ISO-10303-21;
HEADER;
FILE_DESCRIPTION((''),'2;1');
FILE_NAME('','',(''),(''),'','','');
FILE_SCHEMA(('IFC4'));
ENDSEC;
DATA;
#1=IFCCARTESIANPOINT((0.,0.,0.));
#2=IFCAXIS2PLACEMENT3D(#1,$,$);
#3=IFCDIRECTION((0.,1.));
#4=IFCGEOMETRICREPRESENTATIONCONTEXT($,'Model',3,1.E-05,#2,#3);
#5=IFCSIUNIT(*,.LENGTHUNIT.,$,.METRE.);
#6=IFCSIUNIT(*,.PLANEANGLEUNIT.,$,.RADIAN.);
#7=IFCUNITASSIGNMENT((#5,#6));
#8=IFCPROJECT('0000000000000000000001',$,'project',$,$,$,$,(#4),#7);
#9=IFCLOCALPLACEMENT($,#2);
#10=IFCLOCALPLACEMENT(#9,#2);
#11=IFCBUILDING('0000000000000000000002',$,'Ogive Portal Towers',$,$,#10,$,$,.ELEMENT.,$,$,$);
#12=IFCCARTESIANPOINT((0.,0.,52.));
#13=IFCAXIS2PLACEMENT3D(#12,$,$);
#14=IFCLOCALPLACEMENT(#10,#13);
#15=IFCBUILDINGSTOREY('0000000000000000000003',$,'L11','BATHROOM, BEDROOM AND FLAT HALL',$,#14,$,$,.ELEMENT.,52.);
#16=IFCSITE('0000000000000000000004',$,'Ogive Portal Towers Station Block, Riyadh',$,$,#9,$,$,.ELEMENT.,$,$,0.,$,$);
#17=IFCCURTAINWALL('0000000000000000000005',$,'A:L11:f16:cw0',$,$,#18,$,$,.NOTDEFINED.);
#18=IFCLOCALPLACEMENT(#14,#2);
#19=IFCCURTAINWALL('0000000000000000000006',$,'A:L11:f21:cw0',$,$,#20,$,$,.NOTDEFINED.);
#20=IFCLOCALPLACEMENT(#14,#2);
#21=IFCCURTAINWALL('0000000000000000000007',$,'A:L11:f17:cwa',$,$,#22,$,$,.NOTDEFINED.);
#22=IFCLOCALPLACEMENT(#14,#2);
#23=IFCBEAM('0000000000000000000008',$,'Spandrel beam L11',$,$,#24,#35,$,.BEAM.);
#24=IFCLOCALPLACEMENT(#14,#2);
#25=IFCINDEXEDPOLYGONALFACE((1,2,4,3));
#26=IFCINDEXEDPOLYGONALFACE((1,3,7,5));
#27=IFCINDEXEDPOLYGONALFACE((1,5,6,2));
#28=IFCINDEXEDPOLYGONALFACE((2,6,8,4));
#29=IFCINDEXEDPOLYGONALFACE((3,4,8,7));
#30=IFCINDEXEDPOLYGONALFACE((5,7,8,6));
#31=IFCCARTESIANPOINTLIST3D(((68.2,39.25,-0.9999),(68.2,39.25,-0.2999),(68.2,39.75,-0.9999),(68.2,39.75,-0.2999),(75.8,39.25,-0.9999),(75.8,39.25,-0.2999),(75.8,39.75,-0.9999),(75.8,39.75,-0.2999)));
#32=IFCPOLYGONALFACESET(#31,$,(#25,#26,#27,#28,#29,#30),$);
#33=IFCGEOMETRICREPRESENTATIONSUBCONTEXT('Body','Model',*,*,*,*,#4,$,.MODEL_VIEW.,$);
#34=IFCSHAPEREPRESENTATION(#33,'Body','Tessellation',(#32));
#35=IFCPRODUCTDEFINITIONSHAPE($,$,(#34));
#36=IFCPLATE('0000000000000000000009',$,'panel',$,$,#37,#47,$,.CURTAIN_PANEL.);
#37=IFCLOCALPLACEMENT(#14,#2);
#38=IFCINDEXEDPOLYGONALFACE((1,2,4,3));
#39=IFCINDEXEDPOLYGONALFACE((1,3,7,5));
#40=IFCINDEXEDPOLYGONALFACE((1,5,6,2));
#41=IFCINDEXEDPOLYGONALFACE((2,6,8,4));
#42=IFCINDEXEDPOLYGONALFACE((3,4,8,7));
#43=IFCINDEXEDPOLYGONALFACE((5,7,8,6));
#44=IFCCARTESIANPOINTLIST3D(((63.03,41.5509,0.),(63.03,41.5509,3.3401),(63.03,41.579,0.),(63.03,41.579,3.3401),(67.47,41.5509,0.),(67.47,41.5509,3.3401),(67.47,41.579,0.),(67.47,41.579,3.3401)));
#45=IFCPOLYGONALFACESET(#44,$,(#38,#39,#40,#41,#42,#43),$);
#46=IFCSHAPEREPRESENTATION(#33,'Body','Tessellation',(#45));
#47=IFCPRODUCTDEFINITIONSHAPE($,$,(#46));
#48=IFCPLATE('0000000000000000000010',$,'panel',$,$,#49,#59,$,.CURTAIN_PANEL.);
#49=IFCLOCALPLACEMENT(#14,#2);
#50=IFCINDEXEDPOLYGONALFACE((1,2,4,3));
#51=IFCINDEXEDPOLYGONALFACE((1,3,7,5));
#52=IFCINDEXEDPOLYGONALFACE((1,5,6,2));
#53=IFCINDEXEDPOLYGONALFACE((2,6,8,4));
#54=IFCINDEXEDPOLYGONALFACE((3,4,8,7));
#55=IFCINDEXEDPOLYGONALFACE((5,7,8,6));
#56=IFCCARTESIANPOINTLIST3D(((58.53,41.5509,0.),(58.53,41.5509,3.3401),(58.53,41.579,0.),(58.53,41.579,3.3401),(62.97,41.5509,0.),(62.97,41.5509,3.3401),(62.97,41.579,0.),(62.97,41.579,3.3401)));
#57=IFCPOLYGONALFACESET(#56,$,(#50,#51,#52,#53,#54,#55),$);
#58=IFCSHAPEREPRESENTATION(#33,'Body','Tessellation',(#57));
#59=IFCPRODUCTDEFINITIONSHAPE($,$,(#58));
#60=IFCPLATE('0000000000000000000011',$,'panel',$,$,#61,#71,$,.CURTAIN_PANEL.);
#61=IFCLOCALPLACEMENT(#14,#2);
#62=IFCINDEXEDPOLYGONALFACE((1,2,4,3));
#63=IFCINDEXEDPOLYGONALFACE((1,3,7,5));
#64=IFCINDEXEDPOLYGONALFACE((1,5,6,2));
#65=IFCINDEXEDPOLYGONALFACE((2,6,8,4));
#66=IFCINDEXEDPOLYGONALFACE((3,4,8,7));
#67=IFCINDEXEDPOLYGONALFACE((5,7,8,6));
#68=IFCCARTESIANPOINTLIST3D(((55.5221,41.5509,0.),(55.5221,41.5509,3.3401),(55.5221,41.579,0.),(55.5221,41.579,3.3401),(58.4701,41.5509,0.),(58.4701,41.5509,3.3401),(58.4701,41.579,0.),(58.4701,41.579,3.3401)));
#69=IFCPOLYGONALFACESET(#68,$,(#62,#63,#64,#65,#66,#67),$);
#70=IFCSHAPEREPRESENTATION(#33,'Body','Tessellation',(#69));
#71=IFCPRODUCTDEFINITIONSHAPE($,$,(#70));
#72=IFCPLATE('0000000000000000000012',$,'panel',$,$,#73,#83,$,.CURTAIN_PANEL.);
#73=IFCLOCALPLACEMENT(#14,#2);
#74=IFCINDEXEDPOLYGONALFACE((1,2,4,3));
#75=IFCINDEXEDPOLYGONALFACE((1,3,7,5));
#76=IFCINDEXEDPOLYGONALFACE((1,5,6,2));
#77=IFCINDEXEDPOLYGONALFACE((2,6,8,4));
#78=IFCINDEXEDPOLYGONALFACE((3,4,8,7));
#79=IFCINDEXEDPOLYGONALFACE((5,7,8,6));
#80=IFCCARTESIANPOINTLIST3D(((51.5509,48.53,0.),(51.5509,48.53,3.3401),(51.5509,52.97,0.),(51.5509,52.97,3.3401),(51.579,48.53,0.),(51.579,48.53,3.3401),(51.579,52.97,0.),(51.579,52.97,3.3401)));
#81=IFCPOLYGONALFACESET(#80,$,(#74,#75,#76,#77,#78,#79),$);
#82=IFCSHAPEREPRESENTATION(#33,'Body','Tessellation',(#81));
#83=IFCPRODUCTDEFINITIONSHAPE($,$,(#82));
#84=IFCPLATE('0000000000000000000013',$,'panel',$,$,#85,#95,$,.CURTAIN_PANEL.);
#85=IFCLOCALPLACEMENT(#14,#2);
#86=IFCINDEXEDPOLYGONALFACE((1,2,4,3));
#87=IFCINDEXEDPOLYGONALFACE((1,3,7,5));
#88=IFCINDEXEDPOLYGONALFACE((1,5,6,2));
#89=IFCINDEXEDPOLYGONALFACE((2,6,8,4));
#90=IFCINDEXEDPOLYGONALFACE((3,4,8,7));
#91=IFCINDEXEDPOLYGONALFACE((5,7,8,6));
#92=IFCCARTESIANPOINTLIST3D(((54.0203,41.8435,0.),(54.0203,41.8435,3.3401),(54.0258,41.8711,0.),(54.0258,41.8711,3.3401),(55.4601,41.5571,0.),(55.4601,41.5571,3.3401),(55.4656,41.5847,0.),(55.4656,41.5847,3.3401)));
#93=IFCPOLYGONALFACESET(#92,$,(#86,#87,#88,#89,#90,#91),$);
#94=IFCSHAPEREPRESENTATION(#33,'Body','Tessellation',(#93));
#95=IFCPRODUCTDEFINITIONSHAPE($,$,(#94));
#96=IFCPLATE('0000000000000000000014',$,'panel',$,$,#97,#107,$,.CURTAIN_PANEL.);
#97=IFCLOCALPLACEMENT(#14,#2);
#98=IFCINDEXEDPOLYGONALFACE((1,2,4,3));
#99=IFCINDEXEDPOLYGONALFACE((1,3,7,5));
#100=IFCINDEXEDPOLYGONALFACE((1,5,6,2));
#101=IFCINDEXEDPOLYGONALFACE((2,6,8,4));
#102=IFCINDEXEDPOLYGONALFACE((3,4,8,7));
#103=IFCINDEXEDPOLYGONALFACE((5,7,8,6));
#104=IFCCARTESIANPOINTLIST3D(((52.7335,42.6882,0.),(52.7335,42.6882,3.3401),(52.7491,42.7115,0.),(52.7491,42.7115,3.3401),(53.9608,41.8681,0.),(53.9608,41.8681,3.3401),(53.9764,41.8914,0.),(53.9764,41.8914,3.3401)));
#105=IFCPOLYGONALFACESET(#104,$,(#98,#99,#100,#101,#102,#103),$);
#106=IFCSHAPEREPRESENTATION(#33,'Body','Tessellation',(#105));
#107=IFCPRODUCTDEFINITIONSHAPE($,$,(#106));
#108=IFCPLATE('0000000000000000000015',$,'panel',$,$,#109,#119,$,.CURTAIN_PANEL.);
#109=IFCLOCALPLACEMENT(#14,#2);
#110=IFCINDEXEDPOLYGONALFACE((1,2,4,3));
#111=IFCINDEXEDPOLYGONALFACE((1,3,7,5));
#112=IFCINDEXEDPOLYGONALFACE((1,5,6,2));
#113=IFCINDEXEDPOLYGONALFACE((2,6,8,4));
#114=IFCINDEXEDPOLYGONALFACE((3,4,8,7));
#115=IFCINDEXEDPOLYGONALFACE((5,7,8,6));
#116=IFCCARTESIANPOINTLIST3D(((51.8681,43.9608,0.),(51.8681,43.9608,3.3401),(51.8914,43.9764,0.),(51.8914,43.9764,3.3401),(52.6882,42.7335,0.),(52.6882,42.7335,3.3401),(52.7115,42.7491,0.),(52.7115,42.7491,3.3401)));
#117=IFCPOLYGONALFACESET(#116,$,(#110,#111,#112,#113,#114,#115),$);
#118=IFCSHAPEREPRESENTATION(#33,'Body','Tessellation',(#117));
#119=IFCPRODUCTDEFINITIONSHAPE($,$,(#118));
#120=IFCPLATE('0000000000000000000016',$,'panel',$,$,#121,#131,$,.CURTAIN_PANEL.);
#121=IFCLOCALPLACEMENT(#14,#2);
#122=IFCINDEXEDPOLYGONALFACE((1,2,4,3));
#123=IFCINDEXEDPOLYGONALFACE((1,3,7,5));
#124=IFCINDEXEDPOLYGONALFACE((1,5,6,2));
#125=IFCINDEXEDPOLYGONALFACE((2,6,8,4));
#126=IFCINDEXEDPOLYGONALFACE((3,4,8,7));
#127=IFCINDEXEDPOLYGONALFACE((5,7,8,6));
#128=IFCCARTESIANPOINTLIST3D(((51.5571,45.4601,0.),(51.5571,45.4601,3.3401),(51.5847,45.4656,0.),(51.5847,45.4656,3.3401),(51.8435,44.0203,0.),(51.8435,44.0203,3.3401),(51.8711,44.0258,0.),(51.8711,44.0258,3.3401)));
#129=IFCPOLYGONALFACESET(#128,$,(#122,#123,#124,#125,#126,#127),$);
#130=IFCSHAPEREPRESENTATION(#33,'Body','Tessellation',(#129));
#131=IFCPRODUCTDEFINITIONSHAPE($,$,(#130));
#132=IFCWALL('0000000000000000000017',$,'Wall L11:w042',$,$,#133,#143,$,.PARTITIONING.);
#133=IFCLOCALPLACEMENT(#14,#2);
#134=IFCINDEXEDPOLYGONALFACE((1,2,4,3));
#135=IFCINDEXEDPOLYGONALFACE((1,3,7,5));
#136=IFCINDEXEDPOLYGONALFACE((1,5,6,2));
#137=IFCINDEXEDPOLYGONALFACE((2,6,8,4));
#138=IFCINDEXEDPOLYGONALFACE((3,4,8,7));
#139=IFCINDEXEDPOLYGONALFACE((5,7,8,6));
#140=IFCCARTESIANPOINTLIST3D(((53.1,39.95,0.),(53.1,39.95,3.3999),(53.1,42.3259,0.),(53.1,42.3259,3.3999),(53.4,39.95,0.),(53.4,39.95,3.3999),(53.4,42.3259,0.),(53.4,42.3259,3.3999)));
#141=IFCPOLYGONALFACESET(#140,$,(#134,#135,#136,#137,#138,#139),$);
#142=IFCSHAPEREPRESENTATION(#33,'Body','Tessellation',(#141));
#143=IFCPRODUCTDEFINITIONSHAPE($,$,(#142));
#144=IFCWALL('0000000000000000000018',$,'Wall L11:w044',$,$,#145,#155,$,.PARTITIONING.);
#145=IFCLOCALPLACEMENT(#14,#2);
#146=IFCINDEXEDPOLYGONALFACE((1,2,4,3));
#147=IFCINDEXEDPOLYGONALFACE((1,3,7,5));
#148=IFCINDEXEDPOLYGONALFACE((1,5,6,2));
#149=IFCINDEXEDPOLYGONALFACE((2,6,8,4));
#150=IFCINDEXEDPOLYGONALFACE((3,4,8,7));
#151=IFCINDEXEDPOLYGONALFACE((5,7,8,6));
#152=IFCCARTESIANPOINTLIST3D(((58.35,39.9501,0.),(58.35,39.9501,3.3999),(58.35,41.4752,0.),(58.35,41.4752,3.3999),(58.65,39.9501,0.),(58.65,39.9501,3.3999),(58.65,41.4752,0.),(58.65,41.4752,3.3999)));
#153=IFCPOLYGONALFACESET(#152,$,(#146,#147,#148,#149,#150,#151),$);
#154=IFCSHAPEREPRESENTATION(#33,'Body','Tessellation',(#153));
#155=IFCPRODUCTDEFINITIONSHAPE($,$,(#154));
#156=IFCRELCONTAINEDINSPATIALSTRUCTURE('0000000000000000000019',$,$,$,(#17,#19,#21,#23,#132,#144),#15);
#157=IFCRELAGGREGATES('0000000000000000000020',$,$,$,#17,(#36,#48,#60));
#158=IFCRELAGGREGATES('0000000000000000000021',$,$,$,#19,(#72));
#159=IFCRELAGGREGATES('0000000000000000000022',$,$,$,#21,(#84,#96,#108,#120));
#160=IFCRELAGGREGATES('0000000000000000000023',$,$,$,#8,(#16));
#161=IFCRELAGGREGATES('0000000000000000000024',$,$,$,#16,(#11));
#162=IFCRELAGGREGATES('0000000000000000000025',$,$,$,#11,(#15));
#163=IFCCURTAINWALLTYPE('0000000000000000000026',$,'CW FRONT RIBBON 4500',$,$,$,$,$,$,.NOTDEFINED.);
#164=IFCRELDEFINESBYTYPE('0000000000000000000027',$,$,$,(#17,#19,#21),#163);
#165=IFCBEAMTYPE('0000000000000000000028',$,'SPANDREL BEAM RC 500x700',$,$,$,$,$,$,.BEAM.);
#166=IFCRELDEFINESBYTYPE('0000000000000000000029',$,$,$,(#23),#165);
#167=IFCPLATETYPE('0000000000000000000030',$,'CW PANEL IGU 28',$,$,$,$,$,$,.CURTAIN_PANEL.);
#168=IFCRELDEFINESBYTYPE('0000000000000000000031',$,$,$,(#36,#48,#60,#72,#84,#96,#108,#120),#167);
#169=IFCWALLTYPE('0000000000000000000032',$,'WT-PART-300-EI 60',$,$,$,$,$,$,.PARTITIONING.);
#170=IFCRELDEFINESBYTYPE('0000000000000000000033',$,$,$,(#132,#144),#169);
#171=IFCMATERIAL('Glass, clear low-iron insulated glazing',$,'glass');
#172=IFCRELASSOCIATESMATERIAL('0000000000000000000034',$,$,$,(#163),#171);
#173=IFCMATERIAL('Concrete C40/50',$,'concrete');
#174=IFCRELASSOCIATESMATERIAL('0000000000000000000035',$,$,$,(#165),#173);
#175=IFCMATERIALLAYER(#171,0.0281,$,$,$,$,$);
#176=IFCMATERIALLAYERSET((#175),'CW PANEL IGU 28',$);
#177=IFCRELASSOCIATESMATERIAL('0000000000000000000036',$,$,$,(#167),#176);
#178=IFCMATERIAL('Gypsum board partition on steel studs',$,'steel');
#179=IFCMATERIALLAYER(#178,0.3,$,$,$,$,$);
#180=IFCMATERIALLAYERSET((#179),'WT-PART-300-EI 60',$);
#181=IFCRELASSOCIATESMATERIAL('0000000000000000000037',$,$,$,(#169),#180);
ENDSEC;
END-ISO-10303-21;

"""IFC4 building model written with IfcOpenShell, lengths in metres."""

from ifc_helpers import new_model, si_unit, direction, frame, frame_2d, origin, origin_2d, place, context, subcontext, project, spatial, rectangle, extrude, material, layer, layer_set, material_profile, profile_set, type_object, element, aggregate, save


model = new_model("IFC4")

# Units and contexts
model_context = context("Model", 3, precision=1e-05, world=origin(), true_north=direction((0.0, 1.0)))
body_context = subcontext(model_context, "Body", "Model", "MODEL_VIEW")
ifc_project = project(units=[si_unit("LENGTHUNIT", "METRE"), si_unit("PLANEANGLEUNIT", "RADIAN")], contexts=[model_context])

# Site, building, storey
site_placement = place(None, origin())
site = spatial("IfcSite", under=ifc_project, at=site_placement, Name="Ogive Portal Towers Station Block, Riyadh", CompositionType="ELEMENT", RefElevation=0.0)
building_placement = place(site_placement, origin())
building = spatial("IfcBuilding", under=site, at=building_placement, Name="Ogive Portal Towers", CompositionType="ELEMENT")
storey_placement = place(building_placement, frame((0.0, 0.0, 52.0)))
storey = spatial("IfcBuildingStorey", under=building, at=storey_placement, Name="L11", Description="BATHROOM, BEDROOM AND FLAT HALL", CompositionType="ELEMENT", Elevation=52.0)

# Curtain walls
ifc_material_1 = material(Name="Glass, clear low-iron insulated glazing", Category="glass")
curtain_wall_type = type_object("IfcCurtainWallType", Name="CW FRONT RIBBON 4500", PredefinedType="NOTDEFINED", material=ifc_material_1)
curtain_wall_1_placement = place(storey_placement, origin())
curtain_wall_1 = element("IfcCurtainWall", 1, at=curtain_wall_1_placement, inside=storey, type_object=curtain_wall_type, Name="A:L11:f16:cw0", PredefinedType="NOTDEFINED")
curtain_wall_2_placement = place(storey_placement, origin())
curtain_wall_2 = element("IfcCurtainWall", 2, at=curtain_wall_2_placement, inside=storey, type_object=curtain_wall_type, Name="A:L11:f21:cw0", PredefinedType="NOTDEFINED")
curtain_wall_3_placement = place(storey_placement, origin())
curtain_wall_3 = element("IfcCurtainWall", 3, at=curtain_wall_3_placement, inside=storey, type_object=curtain_wall_type, Name="A:L11:f17:cwa", PredefinedType="NOTDEFINED")

# Beam
ifc_material_2 = material(Name="Concrete C40/50", Category="concrete")
ifc_material_profile_1 = material_profile(ifc_material_2, rectangle(XDim=0.5, YDim=0.7, at=origin_2d()), Name="RC 500x700")
ifc_profile_set_1 = profile_set([ifc_material_profile_1], Name="Concrete C40/50")
beam_type = type_object("IfcBeamType", Name="SPANDREL BEAM RC 500x700", PredefinedType="BEAM", material=ifc_profile_set_1)
beam_placement = place(storey_placement, frame((68.2, 39.5, -0.6499), z_axis=(1.0, 0.0, 0.0), x_axis=(0.0, 1.0, 0.0)))
element("IfcBeam", 4, at=beam_placement, inside=storey, type_object=beam_type, Name="Spandrel beam L11", PredefinedType="BEAM", context=body_context, shape_type="SweptSolid", body=[
    extrude(rectangle(XDim=0.5, YDim=0.7, at=origin_2d()), origin(), (0.0, 0.0, 1.0), 7.6001),
])

# Plates
ifc_layer_1 = layer(ifc_material_1, 0.0281)
ifc_layer_set_1 = layer_set([ifc_layer_1], Name="CW PANEL IGU 28")
plate_type = type_object("IfcPlateType", Name="CW PANEL IGU 28", PredefinedType="CURTAIN_PANEL", material=ifc_layer_set_1)
plate_1_placement = place(storey_placement, frame((65.25, 41.5649, 0.0), z_axis=(0.0, 0.0, 1.0), x_axis=(-1.0, 0.0, 0.0)))
plate_1 = element("IfcPlate", 5, at=plate_1_placement, type_object=plate_type, Name="panel", PredefinedType="CURTAIN_PANEL", context=body_context, shape_type="SweptSolid", body=[
    extrude(rectangle(XDim=4.4399, YDim=0.0281, at=origin_2d()), origin(), (0.0, 0.0, 1.0), 3.3401),
])
plate_2_placement = place(storey_placement, frame((60.75, 41.5649, 0.0), z_axis=(0.0, 0.0, 1.0), x_axis=(-1.0, 0.0, 0.0)))
plate_2 = element("IfcPlate", 6, at=plate_2_placement, type_object=plate_type, Name="panel", PredefinedType="CURTAIN_PANEL", context=body_context, shape_type="SweptSolid", body=[
    extrude(rectangle(XDim=4.4399, YDim=0.0281, at=origin_2d()), origin(), (0.0, 0.0, 1.0), 3.3401),
])
plate_3_placement = place(storey_placement, frame((56.9961, 41.5649, 0.0), z_axis=(0.0, 0.0, 1.0), x_axis=(-1.0, 0.0, 0.0)))
plate_3 = element("IfcPlate", 7, at=plate_3_placement, type_object=plate_type, Name="panel", PredefinedType="CURTAIN_PANEL", context=body_context, shape_type="SweptSolid", body=[
    extrude(rectangle(XDim=2.948, YDim=0.0281, at=origin_2d()), origin(), (0.0, 0.0, 1.0), 3.3401),
])
aggregate(curtain_wall_1, [plate_1, plate_2, plate_3])
plate_4_placement = place(storey_placement, frame((51.5649, 50.75, 0.0), z_axis=(0.0, 0.0, 1.0), x_axis=(0.0, 1.0, 0.0)))
plate_4 = element("IfcPlate", 8, at=plate_4_placement, type_object=plate_type, Name="panel", PredefinedType="CURTAIN_PANEL", context=body_context, shape_type="SweptSolid", body=[
    extrude(rectangle(XDim=4.4399, YDim=0.0281, at=origin_2d()), origin(), (0.0, 0.0, 1.0), 3.3401),
])
aggregate(curtain_wall_2, [plate_4])
plate_5_placement = place(storey_placement, frame((54.7429, 41.7141, 0.0), z_axis=(0.0, 0.0, 1.0), x_axis=(-0.980785, 0.19509, 0.0)))
plate_5 = element("IfcPlate", 9, at=plate_5_placement, type_object=plate_type, Name="panel", PredefinedType="CURTAIN_PANEL", context=body_context, shape_type="SweptSolid", body=[
    extrude(rectangle(XDim=1.468, YDim=0.0281, at=origin_2d()), origin(), (0.0, 0.0, 1.0), 3.3401),
])
plate_6_placement = place(storey_placement, frame((53.355, 42.2898, 0.0), z_axis=(0.0, 0.0, 1.0), x_axis=(-0.83147, 0.55557, 0.0)))
plate_6 = element("IfcPlate", 10, at=plate_6_placement, type_object=plate_type, Name="panel", PredefinedType="CURTAIN_PANEL", context=body_context, shape_type="SweptSolid", body=[
    extrude(rectangle(XDim=1.4761, YDim=0.0281, at=origin_2d()), origin(), (0.0, 0.0, 1.0), 3.3401),
])
plate_7_placement = place(storey_placement, frame((52.2898, 43.355, 0.0), z_axis=(0.0, 0.0, 1.0), x_axis=(-0.55557, 0.83147, 0.0)))
plate_7 = element("IfcPlate", 11, at=plate_7_placement, type_object=plate_type, Name="panel", PredefinedType="CURTAIN_PANEL", context=body_context, shape_type="SweptSolid", body=[
    extrude(rectangle(XDim=1.4761, YDim=0.0281, at=origin_2d()), origin(), (0.0, 0.0, 1.0), 3.3401),
])
plate_8_placement = place(storey_placement, frame((51.7141, 44.7429, 0.0), z_axis=(0.0, 0.0, 1.0), x_axis=(-0.19509, 0.980785, 0.0)))
plate_8 = element("IfcPlate", 12, at=plate_8_placement, type_object=plate_type, Name="panel", PredefinedType="CURTAIN_PANEL", context=body_context, shape_type="SweptSolid", body=[
    extrude(rectangle(XDim=1.468, YDim=0.0281, at=origin_2d()), origin(), (0.0, 0.0, 1.0), 3.3401),
])
aggregate(curtain_wall_3, [plate_5, plate_6, plate_7, plate_8])

# Walls
ifc_material_3 = material(Name="Gypsum board partition on steel studs", Category="steel")
ifc_layer_2 = layer(ifc_material_3, 0.3)
ifc_layer_set_2 = layer_set([ifc_layer_2], Name="WT-PART-300-EI 60")
wall_type = type_object("IfcWallType", Name="WT-PART-300-EI 60", PredefinedType="PARTITIONING", material=ifc_layer_set_2)
wall_1_placement = place(storey_placement, frame((53.25, 39.95, 0.0), z_axis=(0.0, 0.0, 1.0), x_axis=(0.0, 1.0, 0.0)))
element("IfcWall", 13, at=wall_1_placement, inside=storey, type_object=wall_type, Name="Wall L11:w042", PredefinedType="PARTITIONING", context=body_context, shape_type="SweptSolid", body=[
    extrude(rectangle(XDim=2.376, YDim=0.3, at=frame_2d((1.188, 0.0))), origin(), (0.0, 0.0, 1.0), 3.3999),
])
wall_2_placement = place(storey_placement, frame((58.5, 39.95, 0.0), z_axis=(0.0, 0.0, 1.0), x_axis=(0.0, 1.0, 0.0)))
element("IfcWall", 14, at=wall_2_placement, inside=storey, type_object=wall_type, Name="Wall L11:w044", PredefinedType="PARTITIONING", context=body_context, shape_type="SweptSolid", body=[
    extrude(rectangle(XDim=1.5251, YDim=0.3, at=frame_2d((0.7627, 0.0))), origin(), (0.0, 0.0, 1.0), 3.3999),
])

save(model, "model.ifc")
